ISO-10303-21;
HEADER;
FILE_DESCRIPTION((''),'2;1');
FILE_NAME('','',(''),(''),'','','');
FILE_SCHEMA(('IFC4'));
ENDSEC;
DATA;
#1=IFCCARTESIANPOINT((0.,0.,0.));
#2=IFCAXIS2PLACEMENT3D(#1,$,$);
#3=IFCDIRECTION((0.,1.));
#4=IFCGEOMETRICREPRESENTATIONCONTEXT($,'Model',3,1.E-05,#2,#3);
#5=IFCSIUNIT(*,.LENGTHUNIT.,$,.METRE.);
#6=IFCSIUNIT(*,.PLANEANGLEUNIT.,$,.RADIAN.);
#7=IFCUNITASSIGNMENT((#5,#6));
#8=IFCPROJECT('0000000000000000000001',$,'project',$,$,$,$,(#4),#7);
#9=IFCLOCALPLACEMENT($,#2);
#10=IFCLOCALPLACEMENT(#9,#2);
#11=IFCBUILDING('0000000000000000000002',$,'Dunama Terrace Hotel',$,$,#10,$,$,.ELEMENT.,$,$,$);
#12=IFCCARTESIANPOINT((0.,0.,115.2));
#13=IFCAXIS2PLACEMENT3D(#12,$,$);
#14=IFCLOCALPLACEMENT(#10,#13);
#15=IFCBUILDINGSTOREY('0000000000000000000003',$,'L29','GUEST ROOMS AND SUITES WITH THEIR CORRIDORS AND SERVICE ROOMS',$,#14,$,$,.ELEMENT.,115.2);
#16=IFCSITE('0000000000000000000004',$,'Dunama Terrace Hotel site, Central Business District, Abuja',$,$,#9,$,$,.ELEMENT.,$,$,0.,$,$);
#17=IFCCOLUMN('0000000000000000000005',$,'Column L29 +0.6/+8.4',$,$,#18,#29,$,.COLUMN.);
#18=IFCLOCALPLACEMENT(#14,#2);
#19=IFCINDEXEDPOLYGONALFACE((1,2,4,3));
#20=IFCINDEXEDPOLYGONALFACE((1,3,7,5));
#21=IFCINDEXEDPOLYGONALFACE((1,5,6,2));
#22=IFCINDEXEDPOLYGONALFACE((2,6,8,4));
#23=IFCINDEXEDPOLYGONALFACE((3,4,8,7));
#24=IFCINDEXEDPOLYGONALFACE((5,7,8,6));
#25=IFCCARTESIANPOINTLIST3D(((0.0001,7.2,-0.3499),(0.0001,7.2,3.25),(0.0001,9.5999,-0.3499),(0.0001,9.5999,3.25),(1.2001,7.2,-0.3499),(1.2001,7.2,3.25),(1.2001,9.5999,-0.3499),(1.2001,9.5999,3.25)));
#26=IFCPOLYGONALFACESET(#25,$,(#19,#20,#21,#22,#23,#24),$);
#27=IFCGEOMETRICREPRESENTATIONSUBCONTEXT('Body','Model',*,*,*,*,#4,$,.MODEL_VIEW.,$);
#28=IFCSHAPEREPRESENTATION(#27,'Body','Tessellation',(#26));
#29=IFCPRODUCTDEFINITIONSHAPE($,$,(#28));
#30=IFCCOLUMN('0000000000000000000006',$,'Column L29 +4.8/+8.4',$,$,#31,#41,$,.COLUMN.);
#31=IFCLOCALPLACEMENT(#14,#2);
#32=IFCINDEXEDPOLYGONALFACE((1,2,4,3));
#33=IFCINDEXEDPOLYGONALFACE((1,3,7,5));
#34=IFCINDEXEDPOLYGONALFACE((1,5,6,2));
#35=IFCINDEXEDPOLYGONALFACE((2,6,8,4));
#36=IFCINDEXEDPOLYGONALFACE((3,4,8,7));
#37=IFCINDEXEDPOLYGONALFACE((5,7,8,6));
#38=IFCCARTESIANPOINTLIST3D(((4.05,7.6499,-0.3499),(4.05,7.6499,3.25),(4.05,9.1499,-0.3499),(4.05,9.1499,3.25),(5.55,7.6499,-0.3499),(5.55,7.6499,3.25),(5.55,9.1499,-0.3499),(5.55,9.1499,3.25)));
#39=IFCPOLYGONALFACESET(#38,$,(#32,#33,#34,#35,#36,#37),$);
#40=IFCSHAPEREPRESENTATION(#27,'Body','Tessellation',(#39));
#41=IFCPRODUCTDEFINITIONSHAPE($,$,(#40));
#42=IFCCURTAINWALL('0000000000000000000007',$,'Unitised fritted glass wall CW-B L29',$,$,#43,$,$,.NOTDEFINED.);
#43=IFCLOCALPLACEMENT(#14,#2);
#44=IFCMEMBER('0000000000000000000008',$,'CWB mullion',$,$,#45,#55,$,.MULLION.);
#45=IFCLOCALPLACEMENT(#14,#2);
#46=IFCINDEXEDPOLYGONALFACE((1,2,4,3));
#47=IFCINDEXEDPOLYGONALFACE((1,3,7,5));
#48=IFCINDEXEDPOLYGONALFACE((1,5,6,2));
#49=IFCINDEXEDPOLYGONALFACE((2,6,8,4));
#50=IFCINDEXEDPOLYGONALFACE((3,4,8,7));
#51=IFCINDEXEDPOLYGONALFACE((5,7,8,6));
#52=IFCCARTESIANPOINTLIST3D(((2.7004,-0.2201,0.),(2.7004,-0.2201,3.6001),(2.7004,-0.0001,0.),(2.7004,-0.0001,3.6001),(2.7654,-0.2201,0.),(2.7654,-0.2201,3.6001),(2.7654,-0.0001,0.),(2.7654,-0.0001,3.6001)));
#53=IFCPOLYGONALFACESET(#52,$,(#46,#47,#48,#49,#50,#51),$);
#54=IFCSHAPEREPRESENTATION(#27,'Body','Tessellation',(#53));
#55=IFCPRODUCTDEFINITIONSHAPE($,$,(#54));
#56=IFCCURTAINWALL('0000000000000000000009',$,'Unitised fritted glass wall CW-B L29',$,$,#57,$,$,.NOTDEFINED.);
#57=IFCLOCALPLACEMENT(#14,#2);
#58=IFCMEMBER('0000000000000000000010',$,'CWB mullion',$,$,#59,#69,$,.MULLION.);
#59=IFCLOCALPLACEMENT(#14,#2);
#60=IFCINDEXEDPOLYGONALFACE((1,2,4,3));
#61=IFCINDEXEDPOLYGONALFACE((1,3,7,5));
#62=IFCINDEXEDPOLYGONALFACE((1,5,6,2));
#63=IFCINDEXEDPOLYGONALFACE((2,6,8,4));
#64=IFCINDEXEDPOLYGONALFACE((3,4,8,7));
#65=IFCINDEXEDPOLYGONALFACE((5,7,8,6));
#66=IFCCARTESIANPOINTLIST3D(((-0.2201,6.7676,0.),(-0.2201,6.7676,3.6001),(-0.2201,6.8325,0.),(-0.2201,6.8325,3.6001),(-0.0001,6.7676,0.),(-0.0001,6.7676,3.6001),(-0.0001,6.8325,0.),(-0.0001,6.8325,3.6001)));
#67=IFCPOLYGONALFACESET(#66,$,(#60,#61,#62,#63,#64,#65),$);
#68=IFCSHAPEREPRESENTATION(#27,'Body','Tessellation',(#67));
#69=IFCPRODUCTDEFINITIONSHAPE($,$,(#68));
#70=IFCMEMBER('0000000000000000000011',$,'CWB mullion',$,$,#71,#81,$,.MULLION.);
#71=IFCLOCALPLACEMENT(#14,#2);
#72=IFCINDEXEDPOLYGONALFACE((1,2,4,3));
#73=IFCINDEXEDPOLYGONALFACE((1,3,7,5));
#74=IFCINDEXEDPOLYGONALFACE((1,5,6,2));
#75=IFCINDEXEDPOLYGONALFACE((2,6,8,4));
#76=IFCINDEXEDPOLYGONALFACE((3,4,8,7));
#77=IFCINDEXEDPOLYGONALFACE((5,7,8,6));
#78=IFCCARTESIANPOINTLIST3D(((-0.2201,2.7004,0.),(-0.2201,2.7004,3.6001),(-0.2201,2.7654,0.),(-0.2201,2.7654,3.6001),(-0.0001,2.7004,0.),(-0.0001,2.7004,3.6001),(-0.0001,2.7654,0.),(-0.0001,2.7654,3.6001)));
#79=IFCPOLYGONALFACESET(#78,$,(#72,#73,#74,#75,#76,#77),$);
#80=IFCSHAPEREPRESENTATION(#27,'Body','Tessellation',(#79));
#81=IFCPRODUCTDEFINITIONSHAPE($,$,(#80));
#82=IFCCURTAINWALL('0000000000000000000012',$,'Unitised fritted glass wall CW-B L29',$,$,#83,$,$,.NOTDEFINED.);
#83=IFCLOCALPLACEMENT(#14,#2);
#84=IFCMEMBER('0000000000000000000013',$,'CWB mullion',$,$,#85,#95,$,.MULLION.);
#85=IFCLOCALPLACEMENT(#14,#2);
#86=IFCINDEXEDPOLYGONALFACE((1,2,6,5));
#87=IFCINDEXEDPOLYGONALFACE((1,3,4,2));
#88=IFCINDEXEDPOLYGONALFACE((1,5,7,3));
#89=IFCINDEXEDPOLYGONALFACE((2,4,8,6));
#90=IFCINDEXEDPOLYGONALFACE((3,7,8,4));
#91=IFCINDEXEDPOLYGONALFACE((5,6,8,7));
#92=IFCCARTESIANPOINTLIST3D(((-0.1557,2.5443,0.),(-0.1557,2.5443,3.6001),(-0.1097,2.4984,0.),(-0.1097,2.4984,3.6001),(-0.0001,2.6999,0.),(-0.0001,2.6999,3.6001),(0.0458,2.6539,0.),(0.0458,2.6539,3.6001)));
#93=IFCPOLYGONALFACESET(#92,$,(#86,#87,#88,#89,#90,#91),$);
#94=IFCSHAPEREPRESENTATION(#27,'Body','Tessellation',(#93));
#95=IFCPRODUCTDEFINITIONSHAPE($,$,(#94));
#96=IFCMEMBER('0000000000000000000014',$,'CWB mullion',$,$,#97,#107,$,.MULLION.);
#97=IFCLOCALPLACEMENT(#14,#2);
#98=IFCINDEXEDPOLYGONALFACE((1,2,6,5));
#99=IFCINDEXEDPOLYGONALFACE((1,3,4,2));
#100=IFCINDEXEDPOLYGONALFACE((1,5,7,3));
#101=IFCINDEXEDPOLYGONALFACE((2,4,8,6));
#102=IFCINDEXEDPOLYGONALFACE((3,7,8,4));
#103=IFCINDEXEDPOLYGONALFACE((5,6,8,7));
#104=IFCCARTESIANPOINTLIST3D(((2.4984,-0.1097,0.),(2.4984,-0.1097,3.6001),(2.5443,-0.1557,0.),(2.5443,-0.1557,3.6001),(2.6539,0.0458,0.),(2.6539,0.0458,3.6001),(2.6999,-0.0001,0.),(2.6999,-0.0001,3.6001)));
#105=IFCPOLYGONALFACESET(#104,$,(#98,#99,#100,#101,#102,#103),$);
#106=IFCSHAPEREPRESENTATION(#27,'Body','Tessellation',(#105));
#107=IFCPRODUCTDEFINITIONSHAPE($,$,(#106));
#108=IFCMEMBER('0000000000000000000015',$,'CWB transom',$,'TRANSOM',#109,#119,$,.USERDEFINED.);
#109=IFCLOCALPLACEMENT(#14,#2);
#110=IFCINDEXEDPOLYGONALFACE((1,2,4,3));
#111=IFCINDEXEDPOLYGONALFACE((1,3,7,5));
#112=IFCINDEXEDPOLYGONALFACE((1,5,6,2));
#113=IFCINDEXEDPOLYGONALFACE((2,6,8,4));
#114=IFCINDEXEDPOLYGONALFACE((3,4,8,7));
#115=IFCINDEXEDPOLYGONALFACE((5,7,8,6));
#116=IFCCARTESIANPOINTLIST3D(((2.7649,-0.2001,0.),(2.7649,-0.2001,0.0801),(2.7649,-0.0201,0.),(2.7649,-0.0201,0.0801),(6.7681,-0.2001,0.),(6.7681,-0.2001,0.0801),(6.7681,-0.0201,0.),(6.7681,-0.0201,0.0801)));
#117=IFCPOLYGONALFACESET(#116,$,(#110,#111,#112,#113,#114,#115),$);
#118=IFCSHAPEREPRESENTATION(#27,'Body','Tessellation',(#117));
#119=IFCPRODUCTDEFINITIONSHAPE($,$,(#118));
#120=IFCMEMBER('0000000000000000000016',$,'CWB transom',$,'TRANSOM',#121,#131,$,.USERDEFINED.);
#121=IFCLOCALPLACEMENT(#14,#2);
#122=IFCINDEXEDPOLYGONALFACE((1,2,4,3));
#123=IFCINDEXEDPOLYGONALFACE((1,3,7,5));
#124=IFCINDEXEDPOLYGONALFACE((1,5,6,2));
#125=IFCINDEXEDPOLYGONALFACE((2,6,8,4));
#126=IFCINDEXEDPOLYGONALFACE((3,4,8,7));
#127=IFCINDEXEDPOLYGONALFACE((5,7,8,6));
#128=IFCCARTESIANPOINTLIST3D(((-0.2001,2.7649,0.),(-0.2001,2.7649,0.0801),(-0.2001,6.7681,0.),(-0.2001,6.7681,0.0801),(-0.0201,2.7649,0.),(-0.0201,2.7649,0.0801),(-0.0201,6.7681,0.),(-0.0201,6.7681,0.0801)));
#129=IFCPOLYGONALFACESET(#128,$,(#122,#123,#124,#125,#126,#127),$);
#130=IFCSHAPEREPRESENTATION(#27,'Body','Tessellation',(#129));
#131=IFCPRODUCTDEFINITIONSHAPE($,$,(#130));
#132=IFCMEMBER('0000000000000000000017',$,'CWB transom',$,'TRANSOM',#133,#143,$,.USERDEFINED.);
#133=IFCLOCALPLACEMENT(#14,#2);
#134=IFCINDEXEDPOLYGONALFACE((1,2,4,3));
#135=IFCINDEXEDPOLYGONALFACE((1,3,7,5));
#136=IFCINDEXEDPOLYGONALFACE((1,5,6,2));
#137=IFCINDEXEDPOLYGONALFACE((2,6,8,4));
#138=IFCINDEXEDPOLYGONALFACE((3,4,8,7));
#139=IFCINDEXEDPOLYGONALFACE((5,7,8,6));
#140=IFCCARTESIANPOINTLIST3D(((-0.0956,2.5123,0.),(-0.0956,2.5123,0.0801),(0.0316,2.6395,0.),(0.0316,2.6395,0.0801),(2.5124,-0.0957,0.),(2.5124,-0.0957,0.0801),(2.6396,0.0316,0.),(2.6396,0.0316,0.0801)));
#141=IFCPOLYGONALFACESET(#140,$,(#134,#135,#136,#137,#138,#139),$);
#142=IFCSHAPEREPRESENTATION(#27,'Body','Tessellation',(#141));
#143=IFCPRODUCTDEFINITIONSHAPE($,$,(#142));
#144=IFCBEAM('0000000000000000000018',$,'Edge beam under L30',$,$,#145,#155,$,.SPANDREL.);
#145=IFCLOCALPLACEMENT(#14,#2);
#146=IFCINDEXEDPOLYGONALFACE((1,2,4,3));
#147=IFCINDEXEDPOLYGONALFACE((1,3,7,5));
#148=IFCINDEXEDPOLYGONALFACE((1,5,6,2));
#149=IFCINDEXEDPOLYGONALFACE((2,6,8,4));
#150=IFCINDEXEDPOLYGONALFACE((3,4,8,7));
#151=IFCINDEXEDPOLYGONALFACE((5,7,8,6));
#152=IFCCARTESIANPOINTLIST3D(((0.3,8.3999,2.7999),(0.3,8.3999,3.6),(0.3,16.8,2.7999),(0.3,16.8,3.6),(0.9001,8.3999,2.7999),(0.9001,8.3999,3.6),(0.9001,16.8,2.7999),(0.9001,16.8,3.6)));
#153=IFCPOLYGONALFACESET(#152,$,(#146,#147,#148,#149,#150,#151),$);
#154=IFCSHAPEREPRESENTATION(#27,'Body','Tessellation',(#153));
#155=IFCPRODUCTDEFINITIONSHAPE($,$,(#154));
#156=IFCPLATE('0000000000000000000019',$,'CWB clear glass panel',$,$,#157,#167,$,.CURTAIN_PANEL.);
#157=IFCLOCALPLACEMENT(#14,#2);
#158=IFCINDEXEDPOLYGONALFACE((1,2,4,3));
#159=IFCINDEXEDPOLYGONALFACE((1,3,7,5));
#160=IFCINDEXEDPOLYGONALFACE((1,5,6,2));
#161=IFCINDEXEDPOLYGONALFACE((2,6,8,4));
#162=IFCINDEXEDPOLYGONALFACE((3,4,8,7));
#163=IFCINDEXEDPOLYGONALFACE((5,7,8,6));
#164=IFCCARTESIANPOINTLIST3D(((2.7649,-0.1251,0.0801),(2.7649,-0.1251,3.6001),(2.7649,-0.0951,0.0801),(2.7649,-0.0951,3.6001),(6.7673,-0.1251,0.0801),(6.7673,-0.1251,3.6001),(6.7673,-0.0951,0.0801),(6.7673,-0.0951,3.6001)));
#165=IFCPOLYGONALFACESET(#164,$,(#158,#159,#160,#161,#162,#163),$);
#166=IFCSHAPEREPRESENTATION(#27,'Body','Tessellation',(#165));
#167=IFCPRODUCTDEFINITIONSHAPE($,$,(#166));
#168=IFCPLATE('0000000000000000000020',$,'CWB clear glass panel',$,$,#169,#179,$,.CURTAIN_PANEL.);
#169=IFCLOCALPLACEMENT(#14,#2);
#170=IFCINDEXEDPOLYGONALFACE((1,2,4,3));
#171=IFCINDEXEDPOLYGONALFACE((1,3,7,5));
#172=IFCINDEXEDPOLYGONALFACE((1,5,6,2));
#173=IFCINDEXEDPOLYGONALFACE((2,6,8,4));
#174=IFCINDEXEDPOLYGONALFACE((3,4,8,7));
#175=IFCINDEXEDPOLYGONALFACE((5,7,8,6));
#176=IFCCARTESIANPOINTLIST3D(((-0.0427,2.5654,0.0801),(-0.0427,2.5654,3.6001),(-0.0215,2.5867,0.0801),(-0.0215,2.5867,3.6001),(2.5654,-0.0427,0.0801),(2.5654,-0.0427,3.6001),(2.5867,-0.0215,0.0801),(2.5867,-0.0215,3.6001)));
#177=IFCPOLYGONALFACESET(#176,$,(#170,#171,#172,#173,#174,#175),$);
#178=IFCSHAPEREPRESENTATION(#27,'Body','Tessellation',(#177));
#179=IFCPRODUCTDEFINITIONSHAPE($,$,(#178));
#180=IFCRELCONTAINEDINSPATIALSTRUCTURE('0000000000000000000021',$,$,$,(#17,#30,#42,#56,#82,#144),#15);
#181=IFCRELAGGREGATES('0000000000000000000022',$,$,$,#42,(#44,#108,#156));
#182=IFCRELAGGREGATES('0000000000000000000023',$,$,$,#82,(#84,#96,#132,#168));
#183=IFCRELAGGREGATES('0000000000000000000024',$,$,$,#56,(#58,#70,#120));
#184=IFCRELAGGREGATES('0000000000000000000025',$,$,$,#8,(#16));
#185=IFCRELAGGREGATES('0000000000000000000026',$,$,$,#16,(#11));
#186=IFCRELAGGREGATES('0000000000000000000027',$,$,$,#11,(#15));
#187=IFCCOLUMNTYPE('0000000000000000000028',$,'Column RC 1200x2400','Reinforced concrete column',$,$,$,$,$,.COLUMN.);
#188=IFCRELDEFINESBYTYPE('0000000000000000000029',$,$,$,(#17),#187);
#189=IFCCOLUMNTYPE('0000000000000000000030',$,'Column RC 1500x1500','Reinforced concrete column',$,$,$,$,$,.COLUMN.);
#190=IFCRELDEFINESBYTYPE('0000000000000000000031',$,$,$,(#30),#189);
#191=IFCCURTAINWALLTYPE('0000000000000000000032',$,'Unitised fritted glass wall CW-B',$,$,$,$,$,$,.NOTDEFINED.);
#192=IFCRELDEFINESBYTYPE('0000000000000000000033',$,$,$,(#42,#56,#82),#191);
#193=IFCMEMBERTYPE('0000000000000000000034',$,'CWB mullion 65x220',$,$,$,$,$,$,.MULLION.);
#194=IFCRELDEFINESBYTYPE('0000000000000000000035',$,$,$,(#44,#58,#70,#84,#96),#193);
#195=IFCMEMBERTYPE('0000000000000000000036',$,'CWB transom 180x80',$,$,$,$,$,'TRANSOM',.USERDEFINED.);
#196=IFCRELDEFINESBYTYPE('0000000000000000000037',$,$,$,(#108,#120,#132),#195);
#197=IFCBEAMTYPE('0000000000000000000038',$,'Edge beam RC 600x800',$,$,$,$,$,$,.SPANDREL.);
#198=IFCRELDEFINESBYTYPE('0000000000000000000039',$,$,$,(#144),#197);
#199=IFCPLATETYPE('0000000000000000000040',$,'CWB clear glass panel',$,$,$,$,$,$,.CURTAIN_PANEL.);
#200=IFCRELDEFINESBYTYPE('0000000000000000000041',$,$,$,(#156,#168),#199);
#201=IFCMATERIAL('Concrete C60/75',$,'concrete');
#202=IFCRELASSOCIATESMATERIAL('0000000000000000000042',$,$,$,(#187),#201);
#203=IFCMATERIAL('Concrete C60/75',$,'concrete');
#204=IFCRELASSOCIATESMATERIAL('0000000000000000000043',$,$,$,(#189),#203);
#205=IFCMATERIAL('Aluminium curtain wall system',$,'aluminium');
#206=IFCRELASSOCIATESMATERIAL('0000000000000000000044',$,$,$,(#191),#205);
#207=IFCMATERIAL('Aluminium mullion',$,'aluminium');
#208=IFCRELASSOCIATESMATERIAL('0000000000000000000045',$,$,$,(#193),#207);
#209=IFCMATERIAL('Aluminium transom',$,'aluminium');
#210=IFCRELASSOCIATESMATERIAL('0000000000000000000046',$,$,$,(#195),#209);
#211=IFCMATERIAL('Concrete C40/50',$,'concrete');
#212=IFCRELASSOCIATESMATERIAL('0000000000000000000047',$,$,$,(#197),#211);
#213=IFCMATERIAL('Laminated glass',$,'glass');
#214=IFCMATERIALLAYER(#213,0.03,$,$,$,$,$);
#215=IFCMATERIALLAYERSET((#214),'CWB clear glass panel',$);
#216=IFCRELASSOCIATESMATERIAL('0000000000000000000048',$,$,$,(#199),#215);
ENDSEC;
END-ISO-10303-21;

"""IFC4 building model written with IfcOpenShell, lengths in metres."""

from ifc_helpers import new_model, si_unit, direction, frame, origin, origin_2d, place, context, subcontext, project, spatial, rectangle, extrude, material, layer, layer_set, material_profile, profile_set, type_object, element, aggregate, save


model = new_model("IFC4")

# Units and contexts
model_context = context("Model", 3, precision=1e-05, world=origin(), true_north=direction((0.0, 1.0)))
body_context = subcontext(model_context, "Body", "Model", "MODEL_VIEW")
ifc_project = project(units=[si_unit("LENGTHUNIT", "METRE"), si_unit("PLANEANGLEUNIT", "RADIAN")], contexts=[model_context])

# Site, building, storey
site_placement = place(None, origin())
site = spatial("IfcSite", under=ifc_project, at=site_placement, Name="Dunama Terrace Hotel site, Central Business District, Abuja", CompositionType="ELEMENT", RefElevation=0.0)
building_placement = place(site_placement, origin())
building = spatial("IfcBuilding", under=site, at=building_placement, Name="Dunama Terrace Hotel", CompositionType="ELEMENT")
storey_placement = place(building_placement, frame((0.0, 0.0, 115.2)))
storey = spatial("IfcBuildingStorey", under=building, at=storey_placement, Name="L29", Description="GUEST ROOMS AND SUITES WITH THEIR CORRIDORS AND SERVICE ROOMS", CompositionType="ELEMENT", Elevation=115.2)

# Columns
ifc_material_1 = material(Name="Concrete C60/75", Category="concrete")
ifc_material_profile_1 = material_profile(ifc_material_1, rectangle(XDim=1.2, YDim=2.3999, at=origin_2d()), Name="RC 1200x2400")
ifc_profile_set_1 = profile_set([ifc_material_profile_1], Name="Concrete C60/75")
column_type_1 = type_object("IfcColumnType", Name="Column RC 1200x2400", Description="Reinforced concrete column", PredefinedType="COLUMN", material=ifc_profile_set_1)
column_1_placement = place(storey_placement, frame((0.6001, 8.3999, -0.3499), z_axis=(0.0, 0.0, 1.0), x_axis=(1.0, 0.0, 0.0)))
element("IfcColumn", 1, at=column_1_placement, inside=storey, type_object=column_type_1, Name="Column L29 +0.6/+8.4", PredefinedType="COLUMN", context=body_context, shape_type="SweptSolid", body=[
    extrude(rectangle(XDim=1.2, YDim=2.3999, at=origin_2d()), origin(), (0.0, 0.0, 1.0), 3.5999),
])
ifc_material_2 = material(Name="Concrete C60/75", Category="concrete")
ifc_material_profile_2 = material_profile(ifc_material_2, rectangle(XDim=1.5, YDim=1.5, at=origin_2d()), Name="RC 1500x1500")
ifc_profile_set_2 = profile_set([ifc_material_profile_2], Name="Concrete C60/75")
column_type_2 = type_object("IfcColumnType", Name="Column RC 1500x1500", Description="Reinforced concrete column", PredefinedType="COLUMN", material=ifc_profile_set_2)
column_2_placement = place(storey_placement, frame((4.8, 8.3999, -0.3499), z_axis=(0.0, 0.0, 1.0), x_axis=(1.0, 0.0, 0.0)))
element("IfcColumn", 2, at=column_2_placement, inside=storey, type_object=column_type_2, Name="Column L29 +4.8/+8.4", PredefinedType="COLUMN", context=body_context, shape_type="SweptSolid", body=[
    extrude(rectangle(XDim=1.5, YDim=1.5, at=origin_2d()), origin(), (0.0, 0.0, 1.0), 3.5999),
])

# Curtain wall, member
ifc_material_3 = material(Name="Aluminium curtain wall system", Category="aluminium")
curtain_wall_type = type_object("IfcCurtainWallType", Name="Unitised fritted glass wall CW-B", PredefinedType="NOTDEFINED", material=ifc_material_3)
curtain_wall_1_placement = place(storey_placement, origin())
curtain_wall_1 = element("IfcCurtainWall", 3, at=curtain_wall_1_placement, inside=storey, type_object=curtain_wall_type, Name="Unitised fritted glass wall CW-B L29", PredefinedType="NOTDEFINED")
ifc_material_4 = material(Name="Aluminium mullion", Category="aluminium")
ifc_material_profile_3 = material_profile(ifc_material_4, rectangle(XDim=0.0649, YDim=0.22, at=origin_2d()), Name="CWB MULLION 65X220")
ifc_profile_set_3 = profile_set([ifc_material_profile_3], Name="Aluminium mullion")
member_type_1 = type_object("IfcMemberType", Name="CWB mullion 65x220", PredefinedType="MULLION", material=ifc_profile_set_3)
member_1_placement = place(storey_placement, frame((2.7329, -0.1101, 0.0), z_axis=(0.0, 0.0, 1.0), x_axis=(1.0, 0.0, 0.0)))
member_1 = element("IfcMember", 4, at=member_1_placement, type_object=member_type_1, Name="CWB mullion", PredefinedType="MULLION", context=body_context, shape_type="SweptSolid", body=[
    extrude(rectangle(XDim=0.0649, YDim=0.22, at=origin_2d()), origin(), (0.0, 0.0, 1.0), 3.6001),
])

# Curtain walls, members
curtain_wall_2_placement = place(storey_placement, origin())
curtain_wall_2 = element("IfcCurtainWall", 5, at=curtain_wall_2_placement, inside=storey, type_object=curtain_wall_type, Name="Unitised fritted glass wall CW-B L29", PredefinedType="NOTDEFINED")
member_2_placement = place(storey_placement, frame((-0.1101, 6.8, 0.0), z_axis=(0.0, 0.0, 1.0), x_axis=(0.0, -1.0, 0.0)))
member_2 = element("IfcMember", 6, at=member_2_placement, type_object=member_type_1, Name="CWB mullion", PredefinedType="MULLION", context=body_context, shape_type="SweptSolid", body=[
    extrude(rectangle(XDim=0.0649, YDim=0.22, at=origin_2d()), origin(), (0.0, 0.0, 1.0), 3.6001),
])
member_3_placement = place(storey_placement, frame((-0.1101, 2.7329, 0.0), z_axis=(0.0, 0.0, 1.0), x_axis=(0.0, -1.0, 0.0)))
member_3 = element("IfcMember", 7, at=member_3_placement, type_object=member_type_1, Name="CWB mullion", PredefinedType="MULLION", context=body_context, shape_type="SweptSolid", body=[
    extrude(rectangle(XDim=0.0649, YDim=0.22, at=origin_2d()), origin(), (0.0, 0.0, 1.0), 3.6001),
])
curtain_wall_3_placement = place(storey_placement, origin())
curtain_wall_3 = element("IfcCurtainWall", 8, at=curtain_wall_3_placement, inside=storey, type_object=curtain_wall_type, Name="Unitised fritted glass wall CW-B L29", PredefinedType="NOTDEFINED")
member_4_placement = place(storey_placement, frame((-0.0549, 2.5991, 0.0), z_axis=(0.0, 0.0, 1.0), x_axis=(0.707107, -0.707107, 0.0)))
member_4 = element("IfcMember", 9, at=member_4_placement, type_object=member_type_1, Name="CWB mullion", PredefinedType="MULLION", context=body_context, shape_type="SweptSolid", body=[
    extrude(rectangle(XDim=0.0649, YDim=0.22, at=origin_2d()), origin(), (0.0, 0.0, 1.0), 3.6001),
])
member_5_placement = place(storey_placement, frame((2.5991, -0.0549, 0.0), z_axis=(0.0, 0.0, 1.0), x_axis=(0.707107, -0.707107, 0.0)))
member_5 = element("IfcMember", 10, at=member_5_placement, type_object=member_type_1, Name="CWB mullion", PredefinedType="MULLION", context=body_context, shape_type="SweptSolid", body=[
    extrude(rectangle(XDim=0.0649, YDim=0.22, at=origin_2d()), origin(), (0.0, 0.0, 1.0), 3.6001),
])

# Members
ifc_material_5 = material(Name="Aluminium transom", Category="aluminium")
ifc_material_profile_4 = material_profile(ifc_material_5, rectangle(XDim=0.1799, YDim=0.0801, at=origin_2d()), Name="CWB TRANSOM 180X80")
ifc_profile_set_4 = profile_set([ifc_material_profile_4], Name="Aluminium transom")
member_type_2 = type_object("IfcMemberType", Name="CWB transom 180x80", ElementType="TRANSOM", PredefinedType="USERDEFINED", material=ifc_profile_set_4)
member_6_placement = place(storey_placement, frame((2.7649, -0.1101, 0.04), z_axis=(1.0, 0.0, 0.0), x_axis=(0.0, 1.0, 0.0)))
member_6 = element("IfcMember", 11, at=member_6_placement, type_object=member_type_2, Name="CWB transom", ObjectType="TRANSOM", PredefinedType="USERDEFINED", context=body_context, shape_type="SweptSolid", body=[
    extrude(rectangle(XDim=0.1799, YDim=0.0801, at=origin_2d()), origin(), (0.0, 0.0, 1.0), 4.0032),
])
member_7_placement = place(storey_placement, frame((-0.1101, 6.7681, 0.04), z_axis=(0.0, -1.0, 0.0), x_axis=(1.0, 0.0, 0.0)))
member_7 = element("IfcMember", 12, at=member_7_placement, type_object=member_type_2, Name="CWB transom", ObjectType="TRANSOM", PredefinedType="USERDEFINED", context=body_context, shape_type="SweptSolid", body=[
    extrude(rectangle(XDim=0.1799, YDim=0.0801, at=origin_2d()), origin(), (0.0, 0.0, 1.0), 4.0032),
])
member_8_placement = place(storey_placement, frame((-0.032, 2.5759, 0.04), z_axis=(0.707107, -0.707107, 0.0), x_axis=(0.707107, 0.707107, 0.0)))
member_8 = element("IfcMember", 13, at=member_8_placement, type_object=member_type_2, Name="CWB transom", ObjectType="TRANSOM", PredefinedType="USERDEFINED", context=body_context, shape_type="SweptSolid", body=[
    extrude(rectangle(XDim=0.1799, YDim=0.0801, at=origin_2d()), origin(), (0.0, 0.0, 1.0), 3.6882),
])

# Beam
ifc_material_6 = material(Name="Concrete C40/50", Category="concrete")
ifc_material_profile_5 = material_profile(ifc_material_6, rectangle(XDim=0.6001, YDim=0.8, at=origin_2d()), Name="RC 600x800")
ifc_profile_set_5 = profile_set([ifc_material_profile_5], Name="Concrete C40/50")
beam_type = type_object("IfcBeamType", Name="Edge beam RC 600x800", PredefinedType="SPANDREL", material=ifc_profile_set_5)
beam_placement = place(storey_placement, frame((0.6001, 8.3999, 3.2), z_axis=(0.0, 1.0, 0.0), x_axis=(-1.0, 0.0, 0.0)))
element("IfcBeam", 14, at=beam_placement, inside=storey, type_object=beam_type, Name="Edge beam under L30", PredefinedType="SPANDREL", context=body_context, shape_type="SweptSolid", body=[
    extrude(rectangle(XDim=0.6001, YDim=0.8, at=origin_2d()), origin(), (0.0, 0.0, 1.0), 8.4001),
])

# Plates
ifc_material_7 = material(Name="Laminated glass", Category="glass")
ifc_layer_1 = layer(ifc_material_7, 0.03)
ifc_layer_set_1 = layer_set([ifc_layer_1], Name="CWB clear glass panel")
plate_type_1 = type_object("IfcPlateType", Name="CWB clear glass panel", PredefinedType="CURTAIN_PANEL", material=ifc_layer_set_1)
plate_1_placement = place(storey_placement, frame((4.7661, -0.1101, 0.0801), z_axis=(0.0, 0.0, 1.0), x_axis=(1.0, 0.0, 0.0)))
plate_1 = element("IfcPlate", 15, at=plate_1_placement, type_object=plate_type_1, Name="CWB clear glass panel", PredefinedType="CURTAIN_PANEL", context=body_context, shape_type="SweptSolid", body=[
    extrude(rectangle(XDim=4.0024, YDim=0.03, at=origin_2d()), origin(), (0.0, 0.0, 1.0), 3.52),
])
aggregate(curtain_wall_1, [member_1, member_6, plate_1])
plate_2_placement = place(storey_placement, frame((1.272, 1.272, 0.0801), z_axis=(0.0, 0.0, 1.0), x_axis=(0.707107, -0.707107, 0.0)))
plate_2 = element("IfcPlate", 16, at=plate_2_placement, type_object=plate_type_1, Name="CWB clear glass panel", PredefinedType="CURTAIN_PANEL", context=body_context, shape_type="SweptSolid", body=[
    extrude(rectangle(XDim=3.6885, YDim=0.03, at=origin_2d()), origin(), (0.0, 0.0, 1.0), 3.52),
])
aggregate(curtain_wall_3, [member_4, member_5, member_8, plate_2])
aggregate(curtain_wall_2, [member_2, member_3, member_7])

save(model, "model.ifc")
